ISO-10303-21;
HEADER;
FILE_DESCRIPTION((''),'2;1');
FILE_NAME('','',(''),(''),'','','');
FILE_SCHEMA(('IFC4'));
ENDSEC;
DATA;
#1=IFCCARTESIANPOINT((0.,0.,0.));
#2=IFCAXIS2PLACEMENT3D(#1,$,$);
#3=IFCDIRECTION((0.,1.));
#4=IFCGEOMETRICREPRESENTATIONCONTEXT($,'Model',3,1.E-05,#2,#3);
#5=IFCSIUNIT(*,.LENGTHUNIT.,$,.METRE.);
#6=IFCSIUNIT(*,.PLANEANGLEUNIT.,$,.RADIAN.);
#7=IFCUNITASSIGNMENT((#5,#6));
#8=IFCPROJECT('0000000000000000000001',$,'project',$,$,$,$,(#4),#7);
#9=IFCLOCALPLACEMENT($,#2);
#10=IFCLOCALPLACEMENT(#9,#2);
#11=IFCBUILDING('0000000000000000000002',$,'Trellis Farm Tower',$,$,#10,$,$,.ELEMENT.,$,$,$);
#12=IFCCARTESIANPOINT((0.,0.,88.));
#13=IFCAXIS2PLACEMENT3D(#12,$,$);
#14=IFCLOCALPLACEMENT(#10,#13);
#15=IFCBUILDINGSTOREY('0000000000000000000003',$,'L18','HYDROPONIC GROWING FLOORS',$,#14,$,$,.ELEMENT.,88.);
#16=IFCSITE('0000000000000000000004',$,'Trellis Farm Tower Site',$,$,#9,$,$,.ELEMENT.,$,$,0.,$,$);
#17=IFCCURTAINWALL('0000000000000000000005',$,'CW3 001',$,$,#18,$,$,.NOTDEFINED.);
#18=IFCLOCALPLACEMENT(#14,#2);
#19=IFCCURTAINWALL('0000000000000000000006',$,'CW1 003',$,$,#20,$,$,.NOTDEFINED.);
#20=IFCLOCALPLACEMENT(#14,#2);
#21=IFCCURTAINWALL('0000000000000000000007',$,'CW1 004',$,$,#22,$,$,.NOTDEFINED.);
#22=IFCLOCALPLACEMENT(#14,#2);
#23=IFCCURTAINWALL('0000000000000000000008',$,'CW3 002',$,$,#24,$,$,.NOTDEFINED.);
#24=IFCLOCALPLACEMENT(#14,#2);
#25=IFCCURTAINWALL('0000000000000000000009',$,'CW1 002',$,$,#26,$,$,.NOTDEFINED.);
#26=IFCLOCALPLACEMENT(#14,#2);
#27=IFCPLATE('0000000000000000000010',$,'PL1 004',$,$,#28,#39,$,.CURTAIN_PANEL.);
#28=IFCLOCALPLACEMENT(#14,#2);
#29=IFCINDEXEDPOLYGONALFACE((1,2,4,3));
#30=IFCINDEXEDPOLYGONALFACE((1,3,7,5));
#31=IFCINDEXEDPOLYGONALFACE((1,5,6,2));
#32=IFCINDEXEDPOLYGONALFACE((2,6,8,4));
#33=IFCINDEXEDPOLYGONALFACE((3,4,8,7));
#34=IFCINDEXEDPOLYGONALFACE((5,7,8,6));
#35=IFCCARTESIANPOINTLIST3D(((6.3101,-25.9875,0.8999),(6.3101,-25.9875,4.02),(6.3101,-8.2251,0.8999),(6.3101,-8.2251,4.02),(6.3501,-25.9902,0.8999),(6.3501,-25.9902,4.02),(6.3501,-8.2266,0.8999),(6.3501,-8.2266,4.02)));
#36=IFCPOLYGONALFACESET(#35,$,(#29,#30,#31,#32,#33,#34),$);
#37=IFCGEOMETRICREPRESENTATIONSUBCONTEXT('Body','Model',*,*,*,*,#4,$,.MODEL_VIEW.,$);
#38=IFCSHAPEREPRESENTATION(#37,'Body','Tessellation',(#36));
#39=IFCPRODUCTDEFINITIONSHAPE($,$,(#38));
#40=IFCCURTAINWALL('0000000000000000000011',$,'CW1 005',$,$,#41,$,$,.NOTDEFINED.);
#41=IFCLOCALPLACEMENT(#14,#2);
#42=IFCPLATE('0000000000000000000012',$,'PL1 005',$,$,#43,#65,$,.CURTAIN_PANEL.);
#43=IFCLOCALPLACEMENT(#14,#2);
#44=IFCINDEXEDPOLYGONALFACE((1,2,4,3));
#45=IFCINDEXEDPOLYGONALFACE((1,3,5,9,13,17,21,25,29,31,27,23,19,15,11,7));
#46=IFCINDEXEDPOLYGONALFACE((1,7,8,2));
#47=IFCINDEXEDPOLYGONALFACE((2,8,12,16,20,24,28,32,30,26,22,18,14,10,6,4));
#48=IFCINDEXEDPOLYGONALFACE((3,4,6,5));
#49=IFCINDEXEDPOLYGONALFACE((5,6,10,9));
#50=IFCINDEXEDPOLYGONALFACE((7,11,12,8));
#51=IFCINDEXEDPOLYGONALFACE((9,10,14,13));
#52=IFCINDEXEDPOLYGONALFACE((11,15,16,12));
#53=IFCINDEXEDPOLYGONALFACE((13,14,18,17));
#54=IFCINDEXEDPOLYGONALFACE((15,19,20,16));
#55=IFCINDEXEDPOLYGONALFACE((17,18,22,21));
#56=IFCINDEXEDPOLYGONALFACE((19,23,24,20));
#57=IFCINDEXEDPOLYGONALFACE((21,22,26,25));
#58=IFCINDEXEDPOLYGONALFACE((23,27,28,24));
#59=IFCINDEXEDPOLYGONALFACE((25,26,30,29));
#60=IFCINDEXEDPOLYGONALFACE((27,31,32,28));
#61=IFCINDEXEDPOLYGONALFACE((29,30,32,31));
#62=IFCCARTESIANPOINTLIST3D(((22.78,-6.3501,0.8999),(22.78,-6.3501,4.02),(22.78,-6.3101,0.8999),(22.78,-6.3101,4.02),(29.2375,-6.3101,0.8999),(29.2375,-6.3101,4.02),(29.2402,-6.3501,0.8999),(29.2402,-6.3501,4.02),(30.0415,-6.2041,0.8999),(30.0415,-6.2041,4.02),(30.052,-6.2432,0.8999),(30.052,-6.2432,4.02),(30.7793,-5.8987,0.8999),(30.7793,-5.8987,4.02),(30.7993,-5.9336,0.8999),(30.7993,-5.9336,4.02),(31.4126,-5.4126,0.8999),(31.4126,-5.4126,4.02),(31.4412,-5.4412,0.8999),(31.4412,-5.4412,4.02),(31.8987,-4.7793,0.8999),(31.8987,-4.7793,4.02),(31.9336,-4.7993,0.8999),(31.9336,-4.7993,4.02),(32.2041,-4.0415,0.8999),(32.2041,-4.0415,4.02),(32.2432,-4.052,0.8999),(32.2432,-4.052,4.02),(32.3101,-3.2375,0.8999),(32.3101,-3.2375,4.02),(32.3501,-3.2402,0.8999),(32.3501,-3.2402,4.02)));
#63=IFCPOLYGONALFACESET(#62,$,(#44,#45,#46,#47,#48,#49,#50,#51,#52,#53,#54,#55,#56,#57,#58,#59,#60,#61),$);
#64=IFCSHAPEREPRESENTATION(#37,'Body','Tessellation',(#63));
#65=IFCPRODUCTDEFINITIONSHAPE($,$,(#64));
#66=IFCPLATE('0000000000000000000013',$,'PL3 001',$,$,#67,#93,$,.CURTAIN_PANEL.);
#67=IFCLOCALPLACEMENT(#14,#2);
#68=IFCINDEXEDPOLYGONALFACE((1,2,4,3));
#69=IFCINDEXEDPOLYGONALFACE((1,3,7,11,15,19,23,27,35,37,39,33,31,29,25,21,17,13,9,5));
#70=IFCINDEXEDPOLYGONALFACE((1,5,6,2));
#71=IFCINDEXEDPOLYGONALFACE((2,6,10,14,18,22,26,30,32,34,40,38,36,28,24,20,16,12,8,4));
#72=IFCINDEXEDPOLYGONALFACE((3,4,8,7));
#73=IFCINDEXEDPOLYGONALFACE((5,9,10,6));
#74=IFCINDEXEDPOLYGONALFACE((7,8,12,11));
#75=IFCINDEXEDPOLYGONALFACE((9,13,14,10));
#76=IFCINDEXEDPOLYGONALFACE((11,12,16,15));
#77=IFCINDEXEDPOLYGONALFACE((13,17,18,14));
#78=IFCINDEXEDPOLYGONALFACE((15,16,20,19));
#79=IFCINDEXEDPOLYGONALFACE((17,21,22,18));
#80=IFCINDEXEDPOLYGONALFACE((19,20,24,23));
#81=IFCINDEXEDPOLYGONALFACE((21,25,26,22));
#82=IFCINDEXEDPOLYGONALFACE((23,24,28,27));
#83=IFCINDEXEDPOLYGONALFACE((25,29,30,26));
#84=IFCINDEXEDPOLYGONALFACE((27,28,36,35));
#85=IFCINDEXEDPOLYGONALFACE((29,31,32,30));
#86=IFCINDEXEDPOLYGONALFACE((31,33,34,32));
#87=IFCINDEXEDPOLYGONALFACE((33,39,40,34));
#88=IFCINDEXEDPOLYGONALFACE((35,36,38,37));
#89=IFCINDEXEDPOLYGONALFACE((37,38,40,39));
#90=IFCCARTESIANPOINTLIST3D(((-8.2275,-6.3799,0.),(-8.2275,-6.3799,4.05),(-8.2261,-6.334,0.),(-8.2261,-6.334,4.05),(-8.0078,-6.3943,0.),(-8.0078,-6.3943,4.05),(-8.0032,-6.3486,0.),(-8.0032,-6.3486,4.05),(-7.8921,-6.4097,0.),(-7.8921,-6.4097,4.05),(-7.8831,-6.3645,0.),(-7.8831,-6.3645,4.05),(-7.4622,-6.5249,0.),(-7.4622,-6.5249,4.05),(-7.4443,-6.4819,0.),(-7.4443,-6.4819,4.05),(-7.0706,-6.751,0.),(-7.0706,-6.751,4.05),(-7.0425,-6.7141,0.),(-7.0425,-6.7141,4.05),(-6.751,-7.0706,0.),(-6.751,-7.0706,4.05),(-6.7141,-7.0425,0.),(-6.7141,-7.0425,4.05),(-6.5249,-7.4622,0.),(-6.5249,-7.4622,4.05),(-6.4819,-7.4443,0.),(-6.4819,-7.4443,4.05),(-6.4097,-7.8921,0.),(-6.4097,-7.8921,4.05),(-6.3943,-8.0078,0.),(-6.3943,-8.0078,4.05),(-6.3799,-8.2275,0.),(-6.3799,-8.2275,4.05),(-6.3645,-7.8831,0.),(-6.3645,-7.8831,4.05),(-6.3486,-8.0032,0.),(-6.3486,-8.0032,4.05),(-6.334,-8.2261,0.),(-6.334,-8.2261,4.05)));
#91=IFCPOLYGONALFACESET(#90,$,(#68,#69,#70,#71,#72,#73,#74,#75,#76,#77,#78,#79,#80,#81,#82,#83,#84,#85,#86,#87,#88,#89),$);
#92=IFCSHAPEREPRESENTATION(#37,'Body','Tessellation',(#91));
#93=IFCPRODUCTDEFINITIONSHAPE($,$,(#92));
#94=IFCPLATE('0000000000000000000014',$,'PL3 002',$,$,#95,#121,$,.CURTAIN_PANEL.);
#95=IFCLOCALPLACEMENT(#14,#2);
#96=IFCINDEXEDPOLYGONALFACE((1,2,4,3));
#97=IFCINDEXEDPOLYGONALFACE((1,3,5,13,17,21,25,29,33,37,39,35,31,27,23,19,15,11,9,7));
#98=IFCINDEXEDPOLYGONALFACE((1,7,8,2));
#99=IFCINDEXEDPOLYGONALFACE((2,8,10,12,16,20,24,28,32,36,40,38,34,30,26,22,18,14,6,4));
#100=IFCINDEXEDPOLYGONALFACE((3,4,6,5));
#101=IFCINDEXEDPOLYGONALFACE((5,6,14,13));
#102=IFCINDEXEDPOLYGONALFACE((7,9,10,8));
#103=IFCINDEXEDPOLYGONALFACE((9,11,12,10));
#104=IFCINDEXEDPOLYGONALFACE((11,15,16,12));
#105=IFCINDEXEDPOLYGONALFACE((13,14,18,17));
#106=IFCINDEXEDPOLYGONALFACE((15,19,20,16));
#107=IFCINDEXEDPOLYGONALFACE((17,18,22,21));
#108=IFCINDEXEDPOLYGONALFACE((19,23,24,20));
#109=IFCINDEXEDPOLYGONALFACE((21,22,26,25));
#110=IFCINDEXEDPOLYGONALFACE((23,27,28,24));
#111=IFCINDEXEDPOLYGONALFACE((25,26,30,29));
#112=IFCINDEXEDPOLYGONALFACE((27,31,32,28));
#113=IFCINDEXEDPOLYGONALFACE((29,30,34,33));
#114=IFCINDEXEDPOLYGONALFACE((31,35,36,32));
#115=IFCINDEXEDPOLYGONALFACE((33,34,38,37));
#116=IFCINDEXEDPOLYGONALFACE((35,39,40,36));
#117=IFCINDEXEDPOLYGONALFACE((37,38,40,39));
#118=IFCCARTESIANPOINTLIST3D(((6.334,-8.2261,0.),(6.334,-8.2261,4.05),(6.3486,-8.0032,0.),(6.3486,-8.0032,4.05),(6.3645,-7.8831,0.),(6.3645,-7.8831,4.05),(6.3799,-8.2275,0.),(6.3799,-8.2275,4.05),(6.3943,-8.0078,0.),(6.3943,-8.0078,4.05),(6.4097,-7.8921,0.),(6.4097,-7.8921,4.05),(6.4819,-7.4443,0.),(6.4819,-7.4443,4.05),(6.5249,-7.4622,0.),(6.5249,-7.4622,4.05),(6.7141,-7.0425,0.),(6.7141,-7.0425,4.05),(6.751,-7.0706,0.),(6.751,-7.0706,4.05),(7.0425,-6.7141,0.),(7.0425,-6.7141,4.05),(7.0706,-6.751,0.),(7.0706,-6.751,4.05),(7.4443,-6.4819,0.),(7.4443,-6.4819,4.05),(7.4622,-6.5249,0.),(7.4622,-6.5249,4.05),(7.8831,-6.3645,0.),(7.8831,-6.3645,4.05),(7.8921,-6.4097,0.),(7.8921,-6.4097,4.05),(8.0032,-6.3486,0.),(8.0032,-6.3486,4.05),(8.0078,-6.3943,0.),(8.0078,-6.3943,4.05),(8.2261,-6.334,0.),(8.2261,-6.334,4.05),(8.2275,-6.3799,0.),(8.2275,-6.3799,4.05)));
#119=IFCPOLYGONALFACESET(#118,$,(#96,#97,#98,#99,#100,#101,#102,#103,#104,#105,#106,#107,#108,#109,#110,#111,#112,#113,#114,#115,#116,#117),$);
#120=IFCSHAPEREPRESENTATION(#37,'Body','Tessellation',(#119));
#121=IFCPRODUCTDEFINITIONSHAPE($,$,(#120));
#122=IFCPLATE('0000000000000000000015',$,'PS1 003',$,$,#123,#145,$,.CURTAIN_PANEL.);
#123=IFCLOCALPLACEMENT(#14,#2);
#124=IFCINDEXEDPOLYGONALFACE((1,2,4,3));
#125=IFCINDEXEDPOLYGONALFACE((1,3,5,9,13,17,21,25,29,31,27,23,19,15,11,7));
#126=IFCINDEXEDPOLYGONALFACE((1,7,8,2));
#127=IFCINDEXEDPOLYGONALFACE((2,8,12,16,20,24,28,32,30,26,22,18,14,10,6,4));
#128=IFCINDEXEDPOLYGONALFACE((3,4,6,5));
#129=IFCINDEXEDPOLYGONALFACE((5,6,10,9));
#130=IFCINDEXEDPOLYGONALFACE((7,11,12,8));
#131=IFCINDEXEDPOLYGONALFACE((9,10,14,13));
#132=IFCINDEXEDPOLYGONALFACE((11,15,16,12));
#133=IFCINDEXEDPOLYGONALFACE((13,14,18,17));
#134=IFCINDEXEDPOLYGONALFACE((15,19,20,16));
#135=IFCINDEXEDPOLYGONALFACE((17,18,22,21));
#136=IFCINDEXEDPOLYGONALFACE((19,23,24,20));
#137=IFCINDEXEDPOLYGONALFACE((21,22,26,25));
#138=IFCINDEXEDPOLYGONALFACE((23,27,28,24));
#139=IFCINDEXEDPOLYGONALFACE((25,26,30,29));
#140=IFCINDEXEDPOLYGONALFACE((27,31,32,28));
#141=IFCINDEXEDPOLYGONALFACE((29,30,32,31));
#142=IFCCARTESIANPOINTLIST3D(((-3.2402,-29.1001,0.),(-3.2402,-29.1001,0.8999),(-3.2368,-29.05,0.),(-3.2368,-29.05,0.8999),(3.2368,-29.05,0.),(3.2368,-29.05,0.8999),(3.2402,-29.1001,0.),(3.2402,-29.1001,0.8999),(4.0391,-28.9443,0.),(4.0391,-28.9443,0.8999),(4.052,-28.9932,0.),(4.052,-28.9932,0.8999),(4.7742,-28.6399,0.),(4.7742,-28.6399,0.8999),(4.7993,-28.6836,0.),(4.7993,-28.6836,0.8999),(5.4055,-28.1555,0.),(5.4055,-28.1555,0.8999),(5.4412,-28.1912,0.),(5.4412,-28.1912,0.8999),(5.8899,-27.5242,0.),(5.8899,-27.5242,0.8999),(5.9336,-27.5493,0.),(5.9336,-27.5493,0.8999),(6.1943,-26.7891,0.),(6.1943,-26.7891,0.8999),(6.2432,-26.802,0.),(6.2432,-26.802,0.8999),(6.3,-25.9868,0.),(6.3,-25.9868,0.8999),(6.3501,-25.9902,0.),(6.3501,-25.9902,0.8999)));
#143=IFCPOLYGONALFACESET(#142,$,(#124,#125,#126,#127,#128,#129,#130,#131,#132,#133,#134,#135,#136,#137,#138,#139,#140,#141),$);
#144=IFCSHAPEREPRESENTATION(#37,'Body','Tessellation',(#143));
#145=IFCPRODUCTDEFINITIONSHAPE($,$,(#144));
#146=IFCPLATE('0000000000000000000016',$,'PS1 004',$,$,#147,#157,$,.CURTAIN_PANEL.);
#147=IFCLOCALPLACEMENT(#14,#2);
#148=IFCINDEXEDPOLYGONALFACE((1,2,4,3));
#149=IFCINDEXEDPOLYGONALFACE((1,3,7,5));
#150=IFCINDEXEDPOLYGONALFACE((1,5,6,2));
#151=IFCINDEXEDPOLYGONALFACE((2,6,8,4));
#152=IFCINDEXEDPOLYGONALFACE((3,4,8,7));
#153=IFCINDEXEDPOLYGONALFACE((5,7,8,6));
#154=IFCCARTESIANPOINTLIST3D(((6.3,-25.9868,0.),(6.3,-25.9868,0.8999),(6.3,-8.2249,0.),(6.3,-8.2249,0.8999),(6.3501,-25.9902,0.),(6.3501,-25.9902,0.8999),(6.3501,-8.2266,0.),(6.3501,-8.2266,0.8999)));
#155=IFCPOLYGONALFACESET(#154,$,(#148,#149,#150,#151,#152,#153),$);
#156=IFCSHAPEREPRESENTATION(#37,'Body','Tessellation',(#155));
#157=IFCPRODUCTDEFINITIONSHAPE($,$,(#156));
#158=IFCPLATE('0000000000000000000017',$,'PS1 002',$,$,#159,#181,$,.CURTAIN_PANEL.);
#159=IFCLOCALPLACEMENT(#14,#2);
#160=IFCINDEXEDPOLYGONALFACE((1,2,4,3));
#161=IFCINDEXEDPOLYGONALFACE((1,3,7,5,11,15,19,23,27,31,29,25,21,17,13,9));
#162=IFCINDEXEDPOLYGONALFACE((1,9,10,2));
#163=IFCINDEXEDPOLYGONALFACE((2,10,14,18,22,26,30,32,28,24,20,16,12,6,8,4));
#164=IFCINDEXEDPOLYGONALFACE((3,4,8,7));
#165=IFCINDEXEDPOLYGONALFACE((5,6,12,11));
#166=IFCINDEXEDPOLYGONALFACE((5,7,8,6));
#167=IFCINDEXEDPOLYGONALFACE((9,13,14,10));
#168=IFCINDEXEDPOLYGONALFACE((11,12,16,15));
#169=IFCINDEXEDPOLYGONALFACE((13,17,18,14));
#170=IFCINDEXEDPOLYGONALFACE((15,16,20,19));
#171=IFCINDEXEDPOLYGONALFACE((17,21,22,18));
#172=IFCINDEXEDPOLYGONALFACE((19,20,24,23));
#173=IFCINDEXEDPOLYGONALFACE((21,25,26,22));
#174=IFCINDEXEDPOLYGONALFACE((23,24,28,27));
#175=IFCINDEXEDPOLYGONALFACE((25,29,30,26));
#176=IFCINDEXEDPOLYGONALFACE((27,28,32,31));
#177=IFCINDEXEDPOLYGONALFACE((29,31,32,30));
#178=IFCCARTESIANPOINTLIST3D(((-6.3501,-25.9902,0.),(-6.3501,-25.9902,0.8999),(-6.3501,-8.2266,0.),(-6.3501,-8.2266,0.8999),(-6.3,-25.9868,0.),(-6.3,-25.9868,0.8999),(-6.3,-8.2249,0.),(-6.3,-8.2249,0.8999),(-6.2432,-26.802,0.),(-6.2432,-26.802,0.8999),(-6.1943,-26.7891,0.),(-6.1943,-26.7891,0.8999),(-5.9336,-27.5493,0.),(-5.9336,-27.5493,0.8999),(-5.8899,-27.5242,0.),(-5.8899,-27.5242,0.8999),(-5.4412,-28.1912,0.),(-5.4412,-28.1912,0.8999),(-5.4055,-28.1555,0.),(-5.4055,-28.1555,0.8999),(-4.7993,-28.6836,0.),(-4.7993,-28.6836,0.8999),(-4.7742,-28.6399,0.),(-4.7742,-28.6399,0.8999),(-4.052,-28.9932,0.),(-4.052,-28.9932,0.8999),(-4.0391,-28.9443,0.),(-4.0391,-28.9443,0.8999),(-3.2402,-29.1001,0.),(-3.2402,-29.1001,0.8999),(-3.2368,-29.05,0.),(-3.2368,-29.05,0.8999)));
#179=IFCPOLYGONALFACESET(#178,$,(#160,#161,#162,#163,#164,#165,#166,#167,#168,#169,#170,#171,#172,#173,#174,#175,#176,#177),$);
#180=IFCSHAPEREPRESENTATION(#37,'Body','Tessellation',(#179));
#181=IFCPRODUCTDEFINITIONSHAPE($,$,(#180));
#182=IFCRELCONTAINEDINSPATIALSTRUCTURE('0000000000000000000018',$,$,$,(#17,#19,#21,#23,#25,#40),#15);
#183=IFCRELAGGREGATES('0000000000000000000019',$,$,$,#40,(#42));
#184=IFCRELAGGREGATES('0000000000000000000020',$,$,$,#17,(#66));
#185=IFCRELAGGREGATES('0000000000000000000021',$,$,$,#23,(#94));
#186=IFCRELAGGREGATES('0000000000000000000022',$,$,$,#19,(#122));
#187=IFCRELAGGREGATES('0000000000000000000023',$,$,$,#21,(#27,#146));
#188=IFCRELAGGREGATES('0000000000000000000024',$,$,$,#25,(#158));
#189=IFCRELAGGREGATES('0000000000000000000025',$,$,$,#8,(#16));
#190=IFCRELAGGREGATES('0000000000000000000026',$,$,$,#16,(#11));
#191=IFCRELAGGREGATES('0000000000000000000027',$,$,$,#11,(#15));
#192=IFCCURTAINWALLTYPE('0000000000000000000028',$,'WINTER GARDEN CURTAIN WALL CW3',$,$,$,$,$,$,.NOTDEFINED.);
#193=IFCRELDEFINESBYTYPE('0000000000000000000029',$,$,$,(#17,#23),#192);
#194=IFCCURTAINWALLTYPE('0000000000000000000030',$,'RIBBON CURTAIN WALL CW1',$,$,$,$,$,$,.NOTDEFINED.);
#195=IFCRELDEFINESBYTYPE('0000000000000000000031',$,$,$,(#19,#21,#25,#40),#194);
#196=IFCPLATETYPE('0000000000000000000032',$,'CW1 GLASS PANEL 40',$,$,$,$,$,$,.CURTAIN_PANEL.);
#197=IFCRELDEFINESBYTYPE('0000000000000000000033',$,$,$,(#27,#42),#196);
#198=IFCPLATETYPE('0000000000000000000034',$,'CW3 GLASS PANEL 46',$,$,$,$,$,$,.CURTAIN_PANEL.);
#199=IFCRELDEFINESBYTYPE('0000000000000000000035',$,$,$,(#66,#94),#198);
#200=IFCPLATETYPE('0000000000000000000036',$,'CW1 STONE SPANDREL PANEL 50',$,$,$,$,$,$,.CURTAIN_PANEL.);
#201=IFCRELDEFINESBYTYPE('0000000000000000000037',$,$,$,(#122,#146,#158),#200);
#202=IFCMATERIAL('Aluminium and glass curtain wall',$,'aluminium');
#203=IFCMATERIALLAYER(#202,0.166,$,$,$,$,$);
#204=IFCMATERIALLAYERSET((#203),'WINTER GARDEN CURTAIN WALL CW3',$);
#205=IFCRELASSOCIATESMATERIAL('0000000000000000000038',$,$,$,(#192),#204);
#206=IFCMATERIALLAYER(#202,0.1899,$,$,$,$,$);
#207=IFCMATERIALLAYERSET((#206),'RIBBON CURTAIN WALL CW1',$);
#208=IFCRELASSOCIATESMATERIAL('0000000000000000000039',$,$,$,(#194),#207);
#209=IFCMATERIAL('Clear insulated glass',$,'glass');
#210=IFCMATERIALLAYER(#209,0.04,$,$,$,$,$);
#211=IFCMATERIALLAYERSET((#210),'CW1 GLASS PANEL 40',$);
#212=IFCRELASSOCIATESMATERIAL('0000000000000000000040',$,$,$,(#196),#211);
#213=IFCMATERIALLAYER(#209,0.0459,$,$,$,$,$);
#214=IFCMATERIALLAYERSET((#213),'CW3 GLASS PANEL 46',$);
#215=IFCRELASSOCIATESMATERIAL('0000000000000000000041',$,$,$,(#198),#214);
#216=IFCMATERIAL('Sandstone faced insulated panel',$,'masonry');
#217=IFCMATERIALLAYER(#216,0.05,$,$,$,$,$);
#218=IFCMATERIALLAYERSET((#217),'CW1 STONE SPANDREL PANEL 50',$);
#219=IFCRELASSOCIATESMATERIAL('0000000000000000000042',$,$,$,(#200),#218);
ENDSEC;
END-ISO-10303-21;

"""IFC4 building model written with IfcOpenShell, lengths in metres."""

from ifc_helpers import new_model, si_unit, direction, frame, origin, place, context, subcontext, project, spatial, polyline, outline, extrude, source, transform, mapped, material, layer, layer_set, type_object, element, aggregate, save


model = new_model("IFC4")

# Units and contexts
model_context = context("Model", 3, precision=1e-05, world=origin(), true_north=direction((0.0, 1.0)))
body_context = subcontext(model_context, "Body", "Model", "MODEL_VIEW")
ifc_project = project(units=[si_unit("LENGTHUNIT", "METRE"), si_unit("PLANEANGLEUNIT", "RADIAN")], contexts=[model_context])

# Site, building, storey
site_placement = place(None, origin())
site = spatial("IfcSite", under=ifc_project, at=site_placement, Name="Trellis Farm Tower Site", CompositionType="ELEMENT", RefElevation=0.0)
building_placement = place(site_placement, origin())
building = spatial("IfcBuilding", under=site, at=building_placement, Name="Trellis Farm Tower", CompositionType="ELEMENT")
storey_placement = place(building_placement, frame((0.0, 0.0, 88.0)))
storey = spatial("IfcBuildingStorey", under=building, at=storey_placement, Name="L18", Description="HYDROPONIC GROWING FLOORS", CompositionType="ELEMENT", Elevation=88.0)

# Curtain walls
ifc_material_1 = material(Name="Aluminium and glass curtain wall", Category="aluminium")
ifc_layer_1 = layer(ifc_material_1, 0.166)
ifc_layer_set_1 = layer_set([ifc_layer_1], Name="WINTER GARDEN CURTAIN WALL CW3")
curtain_wall_type_1 = type_object("IfcCurtainWallType", Name="WINTER GARDEN CURTAIN WALL CW3", PredefinedType="NOTDEFINED", material=ifc_layer_set_1)
placement_1 = place(storey_placement, origin())
curtain_wall_1 = element("IfcCurtainWall", 1, at=placement_1, inside=storey, type_object=curtain_wall_type_1, Name="CW3 001", PredefinedType="NOTDEFINED")
ifc_layer_2 = layer(ifc_material_1, 0.1899)
ifc_layer_set_2 = layer_set([ifc_layer_2], Name="RIBBON CURTAIN WALL CW1")
curtain_wall_type_2 = type_object("IfcCurtainWallType", Name="RIBBON CURTAIN WALL CW1", PredefinedType="NOTDEFINED", material=ifc_layer_set_2)
curtain_wall_2 = element("IfcCurtainWall", 2, at=placement_1, inside=storey, type_object=curtain_wall_type_2, Name="CW1 003", PredefinedType="NOTDEFINED")
curtain_wall_3 = element("IfcCurtainWall", 3, at=placement_1, inside=storey, type_object=curtain_wall_type_2, Name="CW1 004", PredefinedType="NOTDEFINED")
curtain_wall_4 = element("IfcCurtainWall", 4, at=placement_1, inside=storey, type_object=curtain_wall_type_1, Name="CW3 002", PredefinedType="NOTDEFINED")

# Curtain wall
curtain_wall_5 = element("IfcCurtainWall", 5, at=placement_1, inside=storey, type_object=curtain_wall_type_2, Name="CW1 002", PredefinedType="NOTDEFINED")
ifc_material_2 = material(Name="Clear insulated glass", Category="glass")
ifc_layer_3 = layer(ifc_material_2, 0.04)
ifc_layer_set_3 = layer_set([ifc_layer_3], Name="CW1 GLASS PANEL 40")
plate_type_1 = type_object("IfcPlateType", Name="CW1 GLASS PANEL 40", PredefinedType="CURTAIN_PANEL", material=ifc_layer_set_3)
placement_2 = place(storey_placement, frame((0.0, 0.0, 0.8999)))

# Plate
plate_1 = element("IfcPlate", 6, at=placement_2, type_object=plate_type_1, Name="PL1 004", PredefinedType="CURTAIN_PANEL", context=body_context, shape_type="SweptSolid", body=[
    extrude(outline(polyline([(6.3501, -25.9902), (6.3501, -8.2266), (6.3101, -8.2251), (6.3101, -25.9875), (6.3501, -25.9902)])), origin(), (0.0, 0.0, 1.0), 3.1201),
])

# Curtain wall, plate
curtain_wall_6 = element("IfcCurtainWall", 7, at=placement_1, inside=storey, type_object=curtain_wall_type_2, Name="CW1 005", PredefinedType="NOTDEFINED")
plate_2 = element("IfcPlate", 8, at=placement_2, type_object=plate_type_1, Name="PL1 005", PredefinedType="CURTAIN_PANEL", context=body_context, shape_type="SweptSolid", body=[
    extrude(outline(polyline([(22.78, -6.3501), (29.2402, -6.3501), (30.052, -6.2432), (30.7993, -5.9336), (31.4412, -5.4412), (31.9336, -4.7993), (32.2432, -4.052), (32.3501, -3.2402), (32.3101, -3.2375), (32.2041, -4.0415), (31.8987, -4.7793), (31.4126, -5.4126), (30.7793, -5.8987), (30.0415, -6.2041), (29.2375, -6.3101), (22.78, -6.3101), (22.78, -6.3501)])), origin(), (0.0, 0.0, 1.0), 3.1201),
])
aggregate(curtain_wall_6, [plate_2])

# Plates
ifc_layer_4 = layer(ifc_material_2, 0.0459)
ifc_layer_set_4 = layer_set([ifc_layer_4], Name="CW3 GLASS PANEL 46")
plate_type_2 = type_object("IfcPlateType", Name="CW3 GLASS PANEL 46", PredefinedType="CURTAIN_PANEL", material=ifc_layer_set_4)
plate_3 = element("IfcPlate", 9, at=placement_1, type_object=plate_type_2, Name="PL3 001", PredefinedType="CURTAIN_PANEL", context=body_context, shape_type="SweptSolid", body=[
    extrude(outline(polyline([(-8.2275, -6.3799), (-8.0078, -6.3943), (-7.8921, -6.4097), (-7.4622, -6.5249), (-7.0706, -6.751), (-6.751, -7.0706), (-6.5249, -7.4622), (-6.4097, -7.8921), (-6.3943, -8.0078), (-6.3799, -8.2275), (-6.334, -8.2261), (-6.3486, -8.0032), (-6.3645, -7.8831), (-6.4819, -7.4443), (-6.7141, -7.0425), (-7.0425, -6.7141), (-7.4443, -6.4819), (-7.8831, -6.3645), (-8.0032, -6.3486), (-8.2261, -6.334), (-8.2275, -6.3799)])), origin(), (0.0, 0.0, 1.0), 4.05),
])
aggregate(curtain_wall_1, [plate_3])
plate_4 = element("IfcPlate", 10, at=placement_1, type_object=plate_type_2, Name="PL3 002", PredefinedType="CURTAIN_PANEL", context=body_context, shape_type="SweptSolid", body=[
    extrude(outline(polyline([(6.3799, -8.2275), (6.3943, -8.0078), (6.4097, -7.8921), (6.5249, -7.4622), (6.751, -7.0706), (7.0706, -6.751), (7.4622, -6.5249), (7.8921, -6.4097), (8.0078, -6.3943), (8.2275, -6.3799), (8.2261, -6.334), (8.0032, -6.3486), (7.8831, -6.3645), (7.4443, -6.4819), (7.0425, -6.7141), (6.7141, -7.0425), (6.4819, -7.4443), (6.3645, -7.8831), (6.3486, -8.0032), (6.334, -8.2261), (6.3799, -8.2275)])), origin(), (0.0, 0.0, 1.0), 4.05),
])
aggregate(curtain_wall_4, [plate_4])
ifc_material_3 = material(Name="Sandstone faced insulated panel", Category="masonry")
ifc_layer_5 = layer(ifc_material_3, 0.05)
ifc_layer_set_5 = layer_set([ifc_layer_5], Name="CW1 STONE SPANDREL PANEL 50")
plate_type_3 = type_object("IfcPlateType", Name="CW1 STONE SPANDREL PANEL 50", PredefinedType="CURTAIN_PANEL", material=ifc_layer_set_5)
shared_shape_1 = source(origin(), body_context, "Body", "SweptSolid", [
    extrude(outline(polyline([(-3.2402, -29.1001), (3.2402, -29.1001), (4.052, -28.9932), (4.7993, -28.6836), (5.4412, -28.1912), (5.9336, -27.5493), (6.2432, -26.802), (6.3501, -25.9902), (6.3, -25.9868), (6.1943, -26.7891), (5.8899, -27.5242), (5.4055, -28.1555), (4.7742, -28.6399), (4.0391, -28.9443), (3.2368, -29.05), (-3.2368, -29.05), (-3.2402, -29.1001)])), origin(), (0.0, 0.0, 1.0), 0.8999),
])
plate_5 = element("IfcPlate", 11, at=placement_1, type_object=plate_type_3, Name="PS1 003", PredefinedType="CURTAIN_PANEL", context=body_context, shape_type="MappedRepresentation", body=[
    mapped(shared_shape_1, transform((0.0, 0.0, 0.0))),
])
aggregate(curtain_wall_2, [plate_5])
shared_shape_2 = source(origin(), body_context, "Body", "SweptSolid", [
    extrude(outline(polyline([(6.3501, -25.9902), (6.3501, -8.2266), (6.3, -8.2249), (6.3, -25.9868), (6.3501, -25.9902)])), origin(), (0.0, 0.0, 1.0), 0.8999),
])
plate_6 = element("IfcPlate", 12, at=placement_1, type_object=plate_type_3, Name="PS1 004", PredefinedType="CURTAIN_PANEL", context=body_context, shape_type="MappedRepresentation", body=[
    mapped(shared_shape_2, transform((0.0, 0.0, 0.0))),
])
aggregate(curtain_wall_3, [plate_1, plate_6])
shared_shape_3 = source(origin(), body_context, "Body", "SweptSolid", [
    extrude(outline(polyline([(-6.3501, -8.2266), (-6.3501, -25.9902), (-6.2432, -26.802), (-5.9336, -27.5493), (-5.4412, -28.1912), (-4.7993, -28.6836), (-4.052, -28.9932), (-3.2402, -29.1001), (-3.2368, -29.05), (-4.0391, -28.9443), (-4.7742, -28.6399), (-5.4055, -28.1555), (-5.8899, -27.5242), (-6.1943, -26.7891), (-6.3, -25.9868), (-6.3, -8.2249), (-6.3501, -8.2266)])), origin(), (0.0, 0.0, 1.0), 0.8999),
])
plate_7 = element("IfcPlate", 13, at=placement_1, type_object=plate_type_3, Name="PS1 002", PredefinedType="CURTAIN_PANEL", context=body_context, shape_type="MappedRepresentation", body=[
    mapped(shared_shape_3, transform((0.0, 0.0, 0.0))),
])
aggregate(curtain_wall_5, [plate_7])

save(model, "model.ifc")
